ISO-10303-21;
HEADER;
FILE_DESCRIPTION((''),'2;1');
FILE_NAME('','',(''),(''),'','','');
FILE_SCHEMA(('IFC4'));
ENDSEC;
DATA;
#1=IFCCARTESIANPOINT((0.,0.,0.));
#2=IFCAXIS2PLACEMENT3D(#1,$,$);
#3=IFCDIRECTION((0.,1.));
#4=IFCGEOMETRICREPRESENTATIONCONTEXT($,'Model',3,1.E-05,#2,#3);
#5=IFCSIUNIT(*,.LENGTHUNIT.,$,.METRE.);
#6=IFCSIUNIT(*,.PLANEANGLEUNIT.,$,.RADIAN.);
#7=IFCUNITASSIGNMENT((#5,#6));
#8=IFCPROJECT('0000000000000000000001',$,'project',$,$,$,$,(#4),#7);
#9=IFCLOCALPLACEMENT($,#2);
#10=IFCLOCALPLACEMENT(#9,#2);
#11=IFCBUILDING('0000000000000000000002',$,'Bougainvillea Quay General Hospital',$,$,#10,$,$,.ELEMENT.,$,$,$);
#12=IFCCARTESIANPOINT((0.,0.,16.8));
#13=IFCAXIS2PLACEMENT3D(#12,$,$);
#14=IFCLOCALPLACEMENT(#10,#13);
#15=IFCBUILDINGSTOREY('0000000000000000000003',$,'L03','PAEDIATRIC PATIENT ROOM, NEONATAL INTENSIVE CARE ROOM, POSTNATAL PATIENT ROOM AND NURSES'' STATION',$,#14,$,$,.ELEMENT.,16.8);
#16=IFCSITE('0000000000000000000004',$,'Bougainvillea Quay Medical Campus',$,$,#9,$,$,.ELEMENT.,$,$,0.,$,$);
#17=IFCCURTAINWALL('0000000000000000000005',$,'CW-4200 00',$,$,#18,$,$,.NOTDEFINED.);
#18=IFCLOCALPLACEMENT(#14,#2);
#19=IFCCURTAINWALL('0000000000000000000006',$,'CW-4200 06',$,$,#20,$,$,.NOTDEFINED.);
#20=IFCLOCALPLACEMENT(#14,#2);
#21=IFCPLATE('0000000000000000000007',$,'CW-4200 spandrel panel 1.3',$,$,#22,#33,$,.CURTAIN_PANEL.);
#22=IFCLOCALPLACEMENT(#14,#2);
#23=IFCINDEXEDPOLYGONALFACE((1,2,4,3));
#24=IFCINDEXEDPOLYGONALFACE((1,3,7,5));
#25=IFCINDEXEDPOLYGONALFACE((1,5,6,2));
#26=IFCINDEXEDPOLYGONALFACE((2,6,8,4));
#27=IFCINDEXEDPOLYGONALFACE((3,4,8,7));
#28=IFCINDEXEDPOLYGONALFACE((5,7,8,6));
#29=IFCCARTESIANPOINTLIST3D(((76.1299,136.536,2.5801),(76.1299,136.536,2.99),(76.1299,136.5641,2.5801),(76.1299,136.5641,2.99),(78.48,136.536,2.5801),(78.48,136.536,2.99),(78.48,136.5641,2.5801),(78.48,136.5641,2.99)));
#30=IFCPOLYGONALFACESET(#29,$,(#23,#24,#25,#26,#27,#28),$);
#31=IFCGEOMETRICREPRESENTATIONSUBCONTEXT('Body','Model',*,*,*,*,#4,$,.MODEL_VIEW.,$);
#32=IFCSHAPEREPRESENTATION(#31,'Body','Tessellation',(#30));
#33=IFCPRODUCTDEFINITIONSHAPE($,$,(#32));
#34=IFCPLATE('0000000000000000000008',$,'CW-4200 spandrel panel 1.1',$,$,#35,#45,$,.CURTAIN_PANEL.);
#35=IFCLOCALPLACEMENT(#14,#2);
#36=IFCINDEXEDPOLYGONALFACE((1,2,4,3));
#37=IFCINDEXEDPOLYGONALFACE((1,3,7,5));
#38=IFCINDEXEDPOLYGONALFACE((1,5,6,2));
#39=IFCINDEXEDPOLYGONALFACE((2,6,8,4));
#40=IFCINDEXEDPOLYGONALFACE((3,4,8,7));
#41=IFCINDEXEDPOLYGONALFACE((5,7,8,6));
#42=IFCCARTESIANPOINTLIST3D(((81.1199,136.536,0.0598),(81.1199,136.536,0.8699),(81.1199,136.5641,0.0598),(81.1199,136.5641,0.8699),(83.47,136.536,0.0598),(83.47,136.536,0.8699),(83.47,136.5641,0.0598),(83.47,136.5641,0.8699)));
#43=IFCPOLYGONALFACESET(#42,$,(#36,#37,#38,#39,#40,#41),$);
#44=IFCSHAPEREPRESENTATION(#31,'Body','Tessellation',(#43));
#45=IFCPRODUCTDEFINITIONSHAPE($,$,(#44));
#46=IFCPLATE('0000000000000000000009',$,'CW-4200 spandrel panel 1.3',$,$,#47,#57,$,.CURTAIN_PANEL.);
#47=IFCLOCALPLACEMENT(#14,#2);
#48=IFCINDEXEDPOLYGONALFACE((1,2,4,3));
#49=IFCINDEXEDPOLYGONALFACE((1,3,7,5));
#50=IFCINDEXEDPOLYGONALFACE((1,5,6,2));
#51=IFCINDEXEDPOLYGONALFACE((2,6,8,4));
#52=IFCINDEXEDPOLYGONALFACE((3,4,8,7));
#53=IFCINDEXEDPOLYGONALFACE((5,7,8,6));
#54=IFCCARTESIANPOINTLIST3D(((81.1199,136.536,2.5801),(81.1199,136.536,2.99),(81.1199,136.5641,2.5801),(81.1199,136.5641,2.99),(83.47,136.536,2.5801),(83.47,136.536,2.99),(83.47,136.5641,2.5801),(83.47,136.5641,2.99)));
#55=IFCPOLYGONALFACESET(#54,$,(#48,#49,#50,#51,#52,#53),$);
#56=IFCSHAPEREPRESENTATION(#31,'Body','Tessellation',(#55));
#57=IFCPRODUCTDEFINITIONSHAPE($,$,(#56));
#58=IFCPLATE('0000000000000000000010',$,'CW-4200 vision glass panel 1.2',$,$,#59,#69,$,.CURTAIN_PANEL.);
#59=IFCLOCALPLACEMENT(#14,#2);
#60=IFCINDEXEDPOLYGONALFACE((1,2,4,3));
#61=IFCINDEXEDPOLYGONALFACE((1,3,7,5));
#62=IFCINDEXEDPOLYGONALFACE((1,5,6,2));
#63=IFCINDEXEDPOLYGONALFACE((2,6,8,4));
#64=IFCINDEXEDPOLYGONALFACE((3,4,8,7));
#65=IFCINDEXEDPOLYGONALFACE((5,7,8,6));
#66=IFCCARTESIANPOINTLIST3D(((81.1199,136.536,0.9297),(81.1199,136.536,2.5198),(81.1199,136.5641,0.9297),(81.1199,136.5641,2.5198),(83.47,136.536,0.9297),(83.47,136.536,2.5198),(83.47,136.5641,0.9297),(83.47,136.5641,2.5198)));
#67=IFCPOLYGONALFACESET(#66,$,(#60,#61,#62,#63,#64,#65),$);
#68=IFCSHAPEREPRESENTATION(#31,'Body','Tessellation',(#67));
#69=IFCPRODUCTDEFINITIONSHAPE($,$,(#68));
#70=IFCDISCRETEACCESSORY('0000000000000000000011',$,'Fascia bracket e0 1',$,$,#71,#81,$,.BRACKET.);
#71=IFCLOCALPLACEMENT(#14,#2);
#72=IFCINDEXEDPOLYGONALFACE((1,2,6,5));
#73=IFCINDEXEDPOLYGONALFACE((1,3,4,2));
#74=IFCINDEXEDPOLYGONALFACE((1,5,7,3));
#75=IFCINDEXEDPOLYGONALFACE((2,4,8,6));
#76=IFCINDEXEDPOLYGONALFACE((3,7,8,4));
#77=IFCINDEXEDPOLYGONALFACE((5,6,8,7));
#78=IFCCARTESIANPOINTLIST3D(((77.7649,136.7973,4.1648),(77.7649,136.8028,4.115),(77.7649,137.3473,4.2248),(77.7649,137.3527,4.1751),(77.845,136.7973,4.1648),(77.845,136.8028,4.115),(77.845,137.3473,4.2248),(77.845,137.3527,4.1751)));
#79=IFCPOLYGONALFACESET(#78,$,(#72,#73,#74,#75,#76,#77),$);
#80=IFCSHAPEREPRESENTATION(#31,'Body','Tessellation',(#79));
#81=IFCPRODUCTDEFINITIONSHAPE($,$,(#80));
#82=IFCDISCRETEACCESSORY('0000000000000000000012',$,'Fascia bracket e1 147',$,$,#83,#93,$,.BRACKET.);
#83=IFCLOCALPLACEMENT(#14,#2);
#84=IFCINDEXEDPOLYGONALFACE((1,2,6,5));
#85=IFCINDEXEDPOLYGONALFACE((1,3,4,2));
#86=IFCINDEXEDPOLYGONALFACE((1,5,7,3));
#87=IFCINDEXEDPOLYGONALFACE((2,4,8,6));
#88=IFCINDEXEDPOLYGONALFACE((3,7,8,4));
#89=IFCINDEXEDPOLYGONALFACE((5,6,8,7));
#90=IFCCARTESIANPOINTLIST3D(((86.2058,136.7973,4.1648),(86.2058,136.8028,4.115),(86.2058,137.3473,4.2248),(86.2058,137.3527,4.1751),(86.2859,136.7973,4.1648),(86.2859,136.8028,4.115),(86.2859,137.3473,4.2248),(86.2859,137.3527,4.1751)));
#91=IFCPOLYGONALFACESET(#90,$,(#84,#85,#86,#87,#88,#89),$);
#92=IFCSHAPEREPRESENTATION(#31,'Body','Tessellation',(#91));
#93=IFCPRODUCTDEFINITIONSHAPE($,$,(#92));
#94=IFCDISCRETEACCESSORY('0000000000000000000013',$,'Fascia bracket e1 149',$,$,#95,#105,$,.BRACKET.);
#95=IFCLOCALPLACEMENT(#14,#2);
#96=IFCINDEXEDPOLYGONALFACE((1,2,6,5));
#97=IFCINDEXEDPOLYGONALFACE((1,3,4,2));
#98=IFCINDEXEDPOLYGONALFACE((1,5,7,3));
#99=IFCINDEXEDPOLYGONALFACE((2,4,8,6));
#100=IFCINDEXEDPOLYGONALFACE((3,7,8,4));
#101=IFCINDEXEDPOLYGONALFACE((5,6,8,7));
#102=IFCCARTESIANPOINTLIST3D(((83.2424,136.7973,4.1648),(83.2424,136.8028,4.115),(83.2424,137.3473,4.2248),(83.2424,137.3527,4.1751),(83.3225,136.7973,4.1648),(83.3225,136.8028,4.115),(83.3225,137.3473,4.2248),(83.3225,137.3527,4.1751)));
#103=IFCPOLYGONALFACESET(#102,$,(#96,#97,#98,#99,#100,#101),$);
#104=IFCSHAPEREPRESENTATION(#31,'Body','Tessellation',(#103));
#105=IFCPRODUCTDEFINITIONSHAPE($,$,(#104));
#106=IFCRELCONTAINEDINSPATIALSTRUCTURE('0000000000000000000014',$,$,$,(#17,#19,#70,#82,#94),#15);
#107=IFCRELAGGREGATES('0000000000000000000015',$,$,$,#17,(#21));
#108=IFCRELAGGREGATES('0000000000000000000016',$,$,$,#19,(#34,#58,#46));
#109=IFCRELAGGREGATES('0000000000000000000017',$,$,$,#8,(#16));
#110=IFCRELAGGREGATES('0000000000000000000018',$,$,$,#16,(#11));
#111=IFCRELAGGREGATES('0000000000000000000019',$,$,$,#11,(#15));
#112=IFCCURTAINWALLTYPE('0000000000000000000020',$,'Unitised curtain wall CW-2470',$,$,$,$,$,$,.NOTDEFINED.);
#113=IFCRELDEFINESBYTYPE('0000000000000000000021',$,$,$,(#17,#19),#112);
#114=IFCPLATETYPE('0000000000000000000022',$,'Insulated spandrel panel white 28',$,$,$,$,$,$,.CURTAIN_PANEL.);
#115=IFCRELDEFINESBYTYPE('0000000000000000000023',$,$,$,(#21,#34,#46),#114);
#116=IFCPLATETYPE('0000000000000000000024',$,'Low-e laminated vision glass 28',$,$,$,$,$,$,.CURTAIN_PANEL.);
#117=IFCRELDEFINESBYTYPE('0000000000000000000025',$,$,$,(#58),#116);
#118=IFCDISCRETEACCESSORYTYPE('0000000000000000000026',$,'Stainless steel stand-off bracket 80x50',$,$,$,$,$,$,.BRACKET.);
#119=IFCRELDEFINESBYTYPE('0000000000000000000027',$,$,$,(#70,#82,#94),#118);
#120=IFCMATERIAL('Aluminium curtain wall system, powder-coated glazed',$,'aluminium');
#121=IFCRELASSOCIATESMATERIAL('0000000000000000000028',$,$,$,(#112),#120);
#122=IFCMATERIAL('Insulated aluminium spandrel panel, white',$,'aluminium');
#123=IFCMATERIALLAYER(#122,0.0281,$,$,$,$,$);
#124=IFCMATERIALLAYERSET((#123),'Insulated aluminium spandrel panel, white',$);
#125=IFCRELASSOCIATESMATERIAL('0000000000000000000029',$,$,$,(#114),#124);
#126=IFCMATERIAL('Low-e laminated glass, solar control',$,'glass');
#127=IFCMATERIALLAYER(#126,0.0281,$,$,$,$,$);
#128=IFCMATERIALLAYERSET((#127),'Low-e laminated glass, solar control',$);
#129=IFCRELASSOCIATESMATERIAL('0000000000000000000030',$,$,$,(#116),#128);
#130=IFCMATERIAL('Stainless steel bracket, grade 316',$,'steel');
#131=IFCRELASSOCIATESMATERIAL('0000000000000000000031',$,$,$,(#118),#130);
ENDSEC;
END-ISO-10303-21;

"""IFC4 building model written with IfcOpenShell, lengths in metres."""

from ifc_helpers import new_model, si_unit, direction, frame, origin, origin_2d, place, context, subcontext, project, spatial, rectangle, extrude, material, layer, layer_set, material_profile, profile_set, type_object, element, aggregate, save


model = new_model("IFC4")

# Units and contexts
model_context = context("Model", 3, precision=1e-05, world=origin(), true_north=direction((0.0, 1.0)))
body_context = subcontext(model_context, "Body", "Model", "MODEL_VIEW")
ifc_project = project(units=[si_unit("LENGTHUNIT", "METRE"), si_unit("PLANEANGLEUNIT", "RADIAN")], contexts=[model_context])

# Site, building, storey
site_placement = place(None, origin())
site = spatial("IfcSite", under=ifc_project, at=site_placement, Name="Bougainvillea Quay Medical Campus", CompositionType="ELEMENT", RefElevation=0.0)
building_placement = place(site_placement, origin())
building = spatial("IfcBuilding", under=site, at=building_placement, Name="Bougainvillea Quay General Hospital", CompositionType="ELEMENT")
storey_placement = place(building_placement, frame((0.0, 0.0, 16.8)))
storey = spatial("IfcBuildingStorey", under=building, at=storey_placement, Name="L03", Description="PAEDIATRIC PATIENT ROOM, NEONATAL INTENSIVE CARE ROOM, POSTNATAL PATIENT ROOM AND NURSES' STATION", CompositionType="ELEMENT", Elevation=16.8)

# Curtain wall
ifc_material_1 = material(Name="Aluminium curtain wall system, powder-coated glazed", Category="aluminium")
curtain_wall_type_1 = type_object("IfcCurtainWallType", Name="Unitised curtain wall CW-2470", PredefinedType="NOTDEFINED", material=ifc_material_1)
curtain_wall_1_placement = place(storey_placement, origin())
curtain_wall_1 = element("IfcCurtainWall", 1, at=curtain_wall_1_placement, inside=storey, type_object=curtain_wall_type_1, Name="CW-4200 00", PredefinedType="NOTDEFINED")

# Curtain wall
curtain_wall_2_placement = place(storey_placement, origin())
curtain_wall_2 = element("IfcCurtainWall", 2, at=curtain_wall_2_placement, inside=storey, type_object=curtain_wall_type_1, Name="CW-4200 06", PredefinedType="NOTDEFINED")

# Plates
ifc_material_2 = material(Name="Insulated aluminium spandrel panel, white", Category="aluminium")
ifc_layer_1 = layer(ifc_material_2, 0.0281)
ifc_layer_set_1 = layer_set([ifc_layer_1], Name="Insulated aluminium spandrel panel, white")
plate_type_1 = type_object("IfcPlateType", Name="Insulated spandrel panel white 28", PredefinedType="CURTAIN_PANEL", material=ifc_layer_set_1)
plate_1_placement = place(storey_placement, frame((77.3049, 136.55, 2.5801), z_axis=(0.0, 0.0, 1.0), x_axis=(-1.0, 0.0, 0.0)))
plate_1 = element("IfcPlate", 3, at=plate_1_placement, type_object=plate_type_1, Name="CW-4200 spandrel panel 1.3", PredefinedType="CURTAIN_PANEL", context=body_context, shape_type="SweptSolid", body=[
    extrude(rectangle(XDim=2.3501, YDim=0.0281, at=origin_2d()), origin(), (0.0, 0.0, 1.0), 0.4099),
])
aggregate(curtain_wall_1, [plate_1])
plate_2_placement = place(storey_placement, frame((82.2949, 136.55, 0.0598), z_axis=(0.0, 0.0, 1.0), x_axis=(-1.0, 0.0, 0.0)))
plate_2 = element("IfcPlate", 4, at=plate_2_placement, type_object=plate_type_1, Name="CW-4200 spandrel panel 1.1", PredefinedType="CURTAIN_PANEL", context=body_context, shape_type="SweptSolid", body=[
    extrude(rectangle(XDim=2.3501, YDim=0.0281, at=origin_2d()), origin(), (0.0, 0.0, 1.0), 0.8101),
])
plate_3_placement = place(storey_placement, frame((82.2949, 136.55, 2.5801), z_axis=(0.0, 0.0, 1.0), x_axis=(-1.0, 0.0, 0.0)))
plate_3 = element("IfcPlate", 5, at=plate_3_placement, type_object=plate_type_1, Name="CW-4200 spandrel panel 1.3", PredefinedType="CURTAIN_PANEL", context=body_context, shape_type="SweptSolid", body=[
    extrude(rectangle(XDim=2.3501, YDim=0.0281, at=origin_2d()), origin(), (0.0, 0.0, 1.0), 0.4099),
])
ifc_material_3 = material(Name="Low-e laminated glass, solar control", Category="glass")
ifc_layer_2 = layer(ifc_material_3, 0.0281)
ifc_layer_set_2 = layer_set([ifc_layer_2], Name="Low-e laminated glass, solar control")
plate_type_2 = type_object("IfcPlateType", Name="Low-e laminated vision glass 28", PredefinedType="CURTAIN_PANEL", material=ifc_layer_set_2)
plate_4_placement = place(storey_placement, frame((82.2949, 136.55, 0.9297), z_axis=(0.0, 0.0, 1.0), x_axis=(-1.0, 0.0, 0.0)))
plate_4 = element("IfcPlate", 6, at=plate_4_placement, type_object=plate_type_2, Name="CW-4200 vision glass panel 1.2", PredefinedType="CURTAIN_PANEL", context=body_context, shape_type="SweptSolid", body=[
    extrude(rectangle(XDim=2.3501, YDim=0.0281, at=origin_2d()), origin(), (0.0, 0.0, 1.0), 1.5901),
])
aggregate(curtain_wall_2, [plate_2, plate_4, plate_3])

# Discrete accessories
ifc_material_4 = material(Name="Stainless steel bracket, grade 316", Category="steel")
ifc_material_profile_1 = material_profile(ifc_material_4, rectangle(XDim=0.0801, YDim=0.05, at=origin_2d()))
ifc_profile_set_1 = profile_set([ifc_material_profile_1], Name="Stainless steel bracket, grade 316")
discrete_accessory_type = type_object("IfcDiscreteAccessoryType", Name="Stainless steel stand-off bracket 80x50", PredefinedType="BRACKET", material=ifc_profile_set_1)
for number, where, z_axis, x_axis, name in (
    (7, (77.8049, 136.8, 4.1399), (0.0, 0.994092, 0.108543), (-1.0, 0.0, 0.0), "Fascia bracket e0 1"),
    (8, (86.2458, 136.8, 4.1399), (0.0, 0.994092, 0.108543), (-1.0, 0.0, 0.0), "Fascia bracket e1 147"),
    (9, (83.2825, 136.8, 4.1399), (0.0, 0.994092, 0.108543), (-1.0, 0.0, 0.0), "Fascia bracket e1 149"),
):
    element("IfcDiscreteAccessory", number, at=place(storey_placement, frame(where, z_axis=z_axis, x_axis=x_axis)), inside=storey, type_object=discrete_accessory_type, Name=name, PredefinedType="BRACKET", context=body_context, shape_type="SweptSolid", body=[
        extrude(rectangle(XDim=0.0801, YDim=0.05, at=origin_2d()), origin(), (0.0, 0.0, 1.0), 0.5532),
    ])

save(model, "model.ifc")
